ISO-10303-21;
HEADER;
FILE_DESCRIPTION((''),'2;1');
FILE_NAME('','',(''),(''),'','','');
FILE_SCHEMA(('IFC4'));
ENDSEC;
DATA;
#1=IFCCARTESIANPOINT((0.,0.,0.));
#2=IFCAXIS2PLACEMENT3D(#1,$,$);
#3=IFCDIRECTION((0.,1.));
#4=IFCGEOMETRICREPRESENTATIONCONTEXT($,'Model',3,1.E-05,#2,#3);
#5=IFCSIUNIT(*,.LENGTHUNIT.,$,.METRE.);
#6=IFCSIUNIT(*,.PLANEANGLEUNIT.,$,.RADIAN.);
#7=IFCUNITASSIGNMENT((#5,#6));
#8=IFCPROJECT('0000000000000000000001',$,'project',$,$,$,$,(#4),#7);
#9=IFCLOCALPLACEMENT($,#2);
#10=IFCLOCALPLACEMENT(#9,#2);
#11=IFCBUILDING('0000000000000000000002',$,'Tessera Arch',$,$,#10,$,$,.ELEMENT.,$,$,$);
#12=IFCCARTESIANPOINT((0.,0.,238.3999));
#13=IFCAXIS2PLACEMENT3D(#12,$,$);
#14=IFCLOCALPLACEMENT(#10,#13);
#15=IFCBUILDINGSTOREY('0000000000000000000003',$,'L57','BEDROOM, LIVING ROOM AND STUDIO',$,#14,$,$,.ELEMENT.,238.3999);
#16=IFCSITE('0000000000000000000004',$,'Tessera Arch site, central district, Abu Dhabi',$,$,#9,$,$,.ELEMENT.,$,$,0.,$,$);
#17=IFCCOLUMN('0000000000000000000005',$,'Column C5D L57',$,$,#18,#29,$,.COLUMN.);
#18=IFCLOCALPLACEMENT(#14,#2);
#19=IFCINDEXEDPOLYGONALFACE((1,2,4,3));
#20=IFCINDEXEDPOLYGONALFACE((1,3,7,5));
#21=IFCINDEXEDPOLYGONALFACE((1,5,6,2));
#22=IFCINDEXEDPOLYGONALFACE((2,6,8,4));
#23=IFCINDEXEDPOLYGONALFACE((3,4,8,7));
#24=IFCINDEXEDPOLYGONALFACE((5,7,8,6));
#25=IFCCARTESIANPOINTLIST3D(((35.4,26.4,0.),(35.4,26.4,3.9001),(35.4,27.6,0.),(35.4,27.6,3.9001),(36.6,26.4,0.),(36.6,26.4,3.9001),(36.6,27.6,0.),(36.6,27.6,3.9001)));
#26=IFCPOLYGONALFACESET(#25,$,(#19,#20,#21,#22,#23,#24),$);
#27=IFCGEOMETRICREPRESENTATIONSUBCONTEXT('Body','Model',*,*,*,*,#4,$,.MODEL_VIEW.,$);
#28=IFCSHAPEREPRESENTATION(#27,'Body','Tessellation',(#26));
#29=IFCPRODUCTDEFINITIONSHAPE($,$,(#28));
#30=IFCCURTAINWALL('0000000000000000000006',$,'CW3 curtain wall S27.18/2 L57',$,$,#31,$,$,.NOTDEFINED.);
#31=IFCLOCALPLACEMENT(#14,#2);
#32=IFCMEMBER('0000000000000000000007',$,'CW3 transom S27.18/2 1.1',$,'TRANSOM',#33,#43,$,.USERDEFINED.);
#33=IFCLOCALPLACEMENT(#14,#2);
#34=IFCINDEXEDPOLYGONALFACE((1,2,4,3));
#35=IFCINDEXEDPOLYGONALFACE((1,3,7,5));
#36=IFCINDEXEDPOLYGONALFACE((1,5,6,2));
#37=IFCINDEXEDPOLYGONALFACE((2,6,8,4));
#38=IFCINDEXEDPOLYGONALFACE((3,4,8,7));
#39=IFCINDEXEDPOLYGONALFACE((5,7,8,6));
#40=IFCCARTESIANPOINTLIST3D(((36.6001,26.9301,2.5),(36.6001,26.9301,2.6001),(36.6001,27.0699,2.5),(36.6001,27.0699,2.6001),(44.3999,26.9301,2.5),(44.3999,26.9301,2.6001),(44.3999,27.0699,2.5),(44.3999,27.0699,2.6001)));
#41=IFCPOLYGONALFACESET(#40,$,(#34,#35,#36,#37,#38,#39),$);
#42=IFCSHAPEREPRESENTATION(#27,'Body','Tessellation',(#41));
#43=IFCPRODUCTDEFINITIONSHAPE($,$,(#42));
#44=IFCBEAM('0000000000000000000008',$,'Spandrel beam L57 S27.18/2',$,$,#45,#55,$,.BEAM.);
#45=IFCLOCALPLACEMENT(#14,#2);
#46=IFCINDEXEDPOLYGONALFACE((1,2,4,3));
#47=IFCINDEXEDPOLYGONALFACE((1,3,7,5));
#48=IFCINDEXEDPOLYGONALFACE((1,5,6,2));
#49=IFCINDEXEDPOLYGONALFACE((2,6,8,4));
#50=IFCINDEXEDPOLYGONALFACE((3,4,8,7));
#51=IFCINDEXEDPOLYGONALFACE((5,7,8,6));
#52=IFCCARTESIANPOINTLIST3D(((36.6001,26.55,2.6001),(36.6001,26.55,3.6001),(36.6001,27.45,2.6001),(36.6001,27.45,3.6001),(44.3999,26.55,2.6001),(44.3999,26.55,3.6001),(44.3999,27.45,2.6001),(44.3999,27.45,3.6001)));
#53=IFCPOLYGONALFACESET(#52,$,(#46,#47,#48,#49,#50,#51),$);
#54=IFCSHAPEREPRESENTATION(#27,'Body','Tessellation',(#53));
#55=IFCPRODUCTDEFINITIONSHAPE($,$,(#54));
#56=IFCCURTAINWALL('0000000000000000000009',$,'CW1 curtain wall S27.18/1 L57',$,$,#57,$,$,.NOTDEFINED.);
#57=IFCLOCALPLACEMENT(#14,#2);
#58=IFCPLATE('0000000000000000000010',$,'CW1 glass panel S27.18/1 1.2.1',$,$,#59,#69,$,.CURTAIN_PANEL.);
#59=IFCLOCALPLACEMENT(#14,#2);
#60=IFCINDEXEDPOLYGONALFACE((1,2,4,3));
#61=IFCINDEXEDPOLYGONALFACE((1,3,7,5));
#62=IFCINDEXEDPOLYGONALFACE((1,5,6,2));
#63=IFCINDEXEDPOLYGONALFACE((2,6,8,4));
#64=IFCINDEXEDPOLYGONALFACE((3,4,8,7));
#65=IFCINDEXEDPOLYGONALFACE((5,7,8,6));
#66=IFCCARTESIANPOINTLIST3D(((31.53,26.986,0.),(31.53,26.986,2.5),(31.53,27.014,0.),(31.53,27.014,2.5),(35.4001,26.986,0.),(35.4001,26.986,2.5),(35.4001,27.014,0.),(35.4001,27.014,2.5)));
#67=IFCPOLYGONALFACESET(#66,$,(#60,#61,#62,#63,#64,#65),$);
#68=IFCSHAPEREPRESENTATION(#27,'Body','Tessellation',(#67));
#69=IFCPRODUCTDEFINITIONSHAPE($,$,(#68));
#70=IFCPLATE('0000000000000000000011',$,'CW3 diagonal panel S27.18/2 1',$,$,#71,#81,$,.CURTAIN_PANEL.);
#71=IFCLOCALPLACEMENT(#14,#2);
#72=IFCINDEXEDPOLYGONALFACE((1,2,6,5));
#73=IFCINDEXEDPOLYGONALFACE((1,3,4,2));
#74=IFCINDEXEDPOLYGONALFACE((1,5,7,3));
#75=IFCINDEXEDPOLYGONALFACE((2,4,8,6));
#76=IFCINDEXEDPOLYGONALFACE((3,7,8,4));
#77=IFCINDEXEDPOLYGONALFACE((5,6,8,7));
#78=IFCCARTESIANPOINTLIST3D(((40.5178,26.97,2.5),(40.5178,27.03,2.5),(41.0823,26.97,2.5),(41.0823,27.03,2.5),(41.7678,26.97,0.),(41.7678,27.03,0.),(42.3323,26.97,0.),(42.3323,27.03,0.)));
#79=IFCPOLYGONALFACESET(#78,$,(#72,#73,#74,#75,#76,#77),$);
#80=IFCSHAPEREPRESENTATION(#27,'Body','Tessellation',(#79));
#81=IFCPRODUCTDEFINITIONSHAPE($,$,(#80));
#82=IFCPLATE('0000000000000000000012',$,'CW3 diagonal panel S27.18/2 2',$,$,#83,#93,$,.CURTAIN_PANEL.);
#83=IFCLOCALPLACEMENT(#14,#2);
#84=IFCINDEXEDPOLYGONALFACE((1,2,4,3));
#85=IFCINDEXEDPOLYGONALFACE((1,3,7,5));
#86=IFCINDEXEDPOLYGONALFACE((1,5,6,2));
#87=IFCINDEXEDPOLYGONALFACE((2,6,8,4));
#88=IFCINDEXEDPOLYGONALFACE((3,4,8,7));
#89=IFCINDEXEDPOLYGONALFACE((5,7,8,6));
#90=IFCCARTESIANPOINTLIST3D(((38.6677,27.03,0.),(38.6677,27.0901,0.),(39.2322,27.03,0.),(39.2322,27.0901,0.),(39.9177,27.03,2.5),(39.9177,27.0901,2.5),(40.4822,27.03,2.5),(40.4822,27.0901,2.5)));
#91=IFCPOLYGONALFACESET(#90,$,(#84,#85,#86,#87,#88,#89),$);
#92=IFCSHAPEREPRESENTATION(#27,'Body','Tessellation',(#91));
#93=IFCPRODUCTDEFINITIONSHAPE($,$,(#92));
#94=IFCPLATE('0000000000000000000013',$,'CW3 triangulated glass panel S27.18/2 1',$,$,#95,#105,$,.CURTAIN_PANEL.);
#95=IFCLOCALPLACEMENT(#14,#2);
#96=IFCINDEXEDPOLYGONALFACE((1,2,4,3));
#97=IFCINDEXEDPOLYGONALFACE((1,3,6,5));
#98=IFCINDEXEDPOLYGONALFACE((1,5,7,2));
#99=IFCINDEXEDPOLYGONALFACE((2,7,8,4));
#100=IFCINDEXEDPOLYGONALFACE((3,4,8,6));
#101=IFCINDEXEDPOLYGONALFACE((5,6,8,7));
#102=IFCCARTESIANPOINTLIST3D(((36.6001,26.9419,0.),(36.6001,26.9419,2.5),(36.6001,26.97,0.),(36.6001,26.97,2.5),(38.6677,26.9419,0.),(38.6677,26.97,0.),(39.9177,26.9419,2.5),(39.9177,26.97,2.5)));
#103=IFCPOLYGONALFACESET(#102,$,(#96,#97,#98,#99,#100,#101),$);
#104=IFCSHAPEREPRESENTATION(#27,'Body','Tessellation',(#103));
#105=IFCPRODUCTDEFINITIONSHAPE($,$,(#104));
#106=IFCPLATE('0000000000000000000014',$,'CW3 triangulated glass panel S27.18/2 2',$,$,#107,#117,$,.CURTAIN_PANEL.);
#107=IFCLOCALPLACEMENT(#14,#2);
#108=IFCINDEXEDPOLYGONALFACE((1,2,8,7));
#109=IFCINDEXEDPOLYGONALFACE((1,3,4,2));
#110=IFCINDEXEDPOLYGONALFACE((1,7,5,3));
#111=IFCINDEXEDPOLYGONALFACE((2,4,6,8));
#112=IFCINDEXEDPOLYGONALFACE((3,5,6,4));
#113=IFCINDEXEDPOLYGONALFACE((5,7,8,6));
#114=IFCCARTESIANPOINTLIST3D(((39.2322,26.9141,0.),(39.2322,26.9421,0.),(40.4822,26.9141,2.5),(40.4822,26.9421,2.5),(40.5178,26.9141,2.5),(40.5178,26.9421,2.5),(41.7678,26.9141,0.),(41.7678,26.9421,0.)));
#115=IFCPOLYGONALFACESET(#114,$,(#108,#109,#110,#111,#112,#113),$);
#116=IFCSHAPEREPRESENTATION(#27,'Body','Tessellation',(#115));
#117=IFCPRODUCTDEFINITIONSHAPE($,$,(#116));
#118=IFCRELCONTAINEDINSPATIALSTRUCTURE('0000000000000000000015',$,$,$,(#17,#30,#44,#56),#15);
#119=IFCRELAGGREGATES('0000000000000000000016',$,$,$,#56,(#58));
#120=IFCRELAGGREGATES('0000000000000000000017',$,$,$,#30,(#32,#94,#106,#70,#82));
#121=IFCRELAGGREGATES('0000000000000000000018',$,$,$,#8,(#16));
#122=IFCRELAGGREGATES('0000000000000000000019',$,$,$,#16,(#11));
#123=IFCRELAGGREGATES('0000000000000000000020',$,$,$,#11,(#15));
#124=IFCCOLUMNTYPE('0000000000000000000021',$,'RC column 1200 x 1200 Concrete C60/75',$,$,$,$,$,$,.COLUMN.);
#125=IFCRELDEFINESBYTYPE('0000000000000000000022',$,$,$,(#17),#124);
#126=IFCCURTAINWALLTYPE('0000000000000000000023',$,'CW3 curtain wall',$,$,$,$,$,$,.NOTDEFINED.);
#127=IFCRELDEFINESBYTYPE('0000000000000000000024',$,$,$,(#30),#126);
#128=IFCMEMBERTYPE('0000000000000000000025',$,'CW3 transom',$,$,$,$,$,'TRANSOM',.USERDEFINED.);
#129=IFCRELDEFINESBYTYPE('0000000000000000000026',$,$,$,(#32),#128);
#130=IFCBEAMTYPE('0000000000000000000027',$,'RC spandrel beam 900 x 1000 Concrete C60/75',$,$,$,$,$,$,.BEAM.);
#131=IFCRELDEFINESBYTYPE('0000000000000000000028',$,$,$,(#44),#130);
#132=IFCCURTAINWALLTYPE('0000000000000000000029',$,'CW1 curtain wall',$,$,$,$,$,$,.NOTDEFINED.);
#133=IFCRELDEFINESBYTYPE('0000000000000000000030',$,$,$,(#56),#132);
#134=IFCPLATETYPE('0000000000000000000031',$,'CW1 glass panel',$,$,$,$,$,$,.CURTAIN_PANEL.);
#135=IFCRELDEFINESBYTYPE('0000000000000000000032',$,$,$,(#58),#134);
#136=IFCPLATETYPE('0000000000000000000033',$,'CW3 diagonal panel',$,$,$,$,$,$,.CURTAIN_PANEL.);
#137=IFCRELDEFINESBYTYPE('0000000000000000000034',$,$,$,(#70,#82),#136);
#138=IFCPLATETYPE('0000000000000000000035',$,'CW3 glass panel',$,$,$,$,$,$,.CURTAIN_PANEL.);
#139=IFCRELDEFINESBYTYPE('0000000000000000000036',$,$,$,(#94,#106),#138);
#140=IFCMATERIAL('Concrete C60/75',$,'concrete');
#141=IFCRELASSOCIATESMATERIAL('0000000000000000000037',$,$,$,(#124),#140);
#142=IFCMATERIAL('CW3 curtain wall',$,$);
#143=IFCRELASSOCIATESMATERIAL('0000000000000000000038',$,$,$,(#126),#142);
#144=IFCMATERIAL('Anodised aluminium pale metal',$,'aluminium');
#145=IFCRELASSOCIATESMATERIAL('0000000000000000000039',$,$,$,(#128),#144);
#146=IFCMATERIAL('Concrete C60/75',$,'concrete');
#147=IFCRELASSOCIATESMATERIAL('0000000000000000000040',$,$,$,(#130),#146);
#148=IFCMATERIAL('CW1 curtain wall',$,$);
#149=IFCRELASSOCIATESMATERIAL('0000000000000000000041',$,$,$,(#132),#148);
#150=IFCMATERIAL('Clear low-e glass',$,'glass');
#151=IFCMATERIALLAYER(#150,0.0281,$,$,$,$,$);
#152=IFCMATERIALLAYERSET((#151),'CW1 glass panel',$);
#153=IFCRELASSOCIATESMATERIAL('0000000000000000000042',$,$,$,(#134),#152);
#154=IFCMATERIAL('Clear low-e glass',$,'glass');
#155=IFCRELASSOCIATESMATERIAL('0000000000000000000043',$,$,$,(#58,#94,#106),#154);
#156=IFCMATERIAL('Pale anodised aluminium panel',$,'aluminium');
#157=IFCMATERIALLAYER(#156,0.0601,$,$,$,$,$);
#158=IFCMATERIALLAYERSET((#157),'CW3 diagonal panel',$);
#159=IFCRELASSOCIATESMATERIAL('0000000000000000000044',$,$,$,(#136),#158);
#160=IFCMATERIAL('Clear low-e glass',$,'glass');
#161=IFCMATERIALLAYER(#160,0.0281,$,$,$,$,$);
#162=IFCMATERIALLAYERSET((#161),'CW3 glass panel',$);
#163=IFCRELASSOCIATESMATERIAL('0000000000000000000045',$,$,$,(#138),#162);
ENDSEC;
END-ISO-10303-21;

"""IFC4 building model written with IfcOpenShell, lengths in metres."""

from ifc_helpers import new_model, si_unit, direction, frame, origin, origin_2d, place, context, subcontext, project, spatial, polyline, rectangle, outline, extrude, material, layer, layer_set, material_profile, profile_set, type_object, element, aggregate, save


model = new_model("IFC4")

# Units and contexts
model_context = context("Model", 3, precision=1e-05, world=origin(), true_north=direction((0.0, 1.0)))
body_context = subcontext(model_context, "Body", "Model", "MODEL_VIEW")
ifc_project = project(units=[si_unit("LENGTHUNIT", "METRE"), si_unit("PLANEANGLEUNIT", "RADIAN")], contexts=[model_context])

# Site, building, storey
site_placement = place(None, origin())
site = spatial("IfcSite", under=ifc_project, at=site_placement, Name="Tessera Arch site, central district, Abu Dhabi", CompositionType="ELEMENT", RefElevation=0.0)
building_placement = place(site_placement, origin())
building = spatial("IfcBuilding", under=site, at=building_placement, Name="Tessera Arch", CompositionType="ELEMENT")
storey_placement = place(building_placement, frame((0.0, 0.0, 238.3999)))
storey = spatial("IfcBuildingStorey", under=building, at=storey_placement, Name="L57", Description="BEDROOM, LIVING ROOM AND STUDIO", CompositionType="ELEMENT", Elevation=238.3999)

# Column
ifc_material_1 = material(Name="Concrete C60/75", Category="concrete")
ifc_material_profile_1 = material_profile(ifc_material_1, rectangle(XDim=1.2, YDim=1.2, at=origin_2d()), Name="RC column 1200 x 1200 Concrete C60/75")
ifc_profile_set_1 = profile_set([ifc_material_profile_1], Name="Concrete C60/75")
column_type = type_object("IfcColumnType", Name="RC column 1200 x 1200 Concrete C60/75", PredefinedType="COLUMN", material=ifc_profile_set_1)
column_placement = place(storey_placement, frame((36.0, 27.0, 0.0), z_axis=(0.0, 0.0, 1.0), x_axis=(1.0, 0.0, 0.0)))
element("IfcColumn", 1, at=column_placement, inside=storey, type_object=column_type, Name="Column C5D L57", PredefinedType="COLUMN", context=body_context, shape_type="SweptSolid", body=[
    extrude(rectangle(XDim=1.2, YDim=1.2, at=origin_2d()), origin(), (0.0, 0.0, 1.0), 3.9001),
])

# Curtain wall, member
ifc_material_2 = material(Name="CW3 curtain wall")
curtain_wall_type_1 = type_object("IfcCurtainWallType", Name="CW3 curtain wall", PredefinedType="NOTDEFINED", material=ifc_material_2)
curtain_wall_1_placement = place(storey_placement, origin())
curtain_wall_1 = element("IfcCurtainWall", 2, at=curtain_wall_1_placement, inside=storey, type_object=curtain_wall_type_1, Name="CW3 curtain wall S27.18/2 L57", PredefinedType="NOTDEFINED")
ifc_material_3 = material(Name="Anodised aluminium pale metal", Category="aluminium")
ifc_material_profile_2 = material_profile(ifc_material_3, rectangle(XDim=0.1399, YDim=0.1001, at=origin_2d()), Name="AL 140x100")
ifc_profile_set_2 = profile_set([ifc_material_profile_2], Name="Anodised aluminium pale metal")
member_type = type_object("IfcMemberType", Name="CW3 transom", ElementType="TRANSOM", PredefinedType="USERDEFINED", material=ifc_profile_set_2)
member_placement = place(storey_placement, frame((36.6001, 27.0, 2.55), z_axis=(1.0, 0.0, 0.0), x_axis=(0.0, 1.0, 0.0)))
member = element("IfcMember", 3, at=member_placement, type_object=member_type, Name="CW3 transom S27.18/2 1.1", ObjectType="TRANSOM", PredefinedType="USERDEFINED", context=body_context, shape_type="SweptSolid", body=[
    extrude(rectangle(XDim=0.1399, YDim=0.1001, at=origin_2d()), origin(), (0.0, 0.0, 1.0), 7.7998),
])

# Beam
ifc_material_4 = material(Name="Concrete C60/75", Category="concrete")
ifc_material_profile_3 = material_profile(ifc_material_4, rectangle(XDim=0.8999, YDim=1.0, at=origin_2d()), Name="RC spandrel beam 900 x 1000 Concrete C60/75")
ifc_profile_set_3 = profile_set([ifc_material_profile_3], Name="Concrete C60/75")
beam_type = type_object("IfcBeamType", Name="RC spandrel beam 900 x 1000 Concrete C60/75", PredefinedType="BEAM", material=ifc_profile_set_3)
beam_placement = place(storey_placement, frame((36.6001, 27.0, 3.1001), z_axis=(1.0, 0.0, 0.0), x_axis=(0.0, 1.0, 0.0)))
element("IfcBeam", 4, at=beam_placement, inside=storey, type_object=beam_type, Name="Spandrel beam L57 S27.18/2", PredefinedType="BEAM", context=body_context, shape_type="SweptSolid", body=[
    extrude(rectangle(XDim=0.8999, YDim=1.0, at=origin_2d()), origin(), (0.0, 0.0, 1.0), 7.7998),
])

# Curtain wall, plate
ifc_material_5 = material(Name="CW1 curtain wall")
curtain_wall_type_2 = type_object("IfcCurtainWallType", Name="CW1 curtain wall", PredefinedType="NOTDEFINED", material=ifc_material_5)
curtain_wall_2_placement = place(storey_placement, origin())
curtain_wall_2 = element("IfcCurtainWall", 5, at=curtain_wall_2_placement, inside=storey, type_object=curtain_wall_type_2, Name="CW1 curtain wall S27.18/1 L57", PredefinedType="NOTDEFINED")
ifc_material_6 = material(Name="Clear low-e glass", Category="glass")
ifc_material_7 = material(Name="Clear low-e glass", Category="glass")
ifc_layer_1 = layer(ifc_material_7, 0.0281)
ifc_layer_set_1 = layer_set([ifc_layer_1], Name="CW1 glass panel")
plate_type_1 = type_object("IfcPlateType", Name="CW1 glass panel", PredefinedType="CURTAIN_PANEL", material=ifc_layer_set_1)
plate_1_placement = place(storey_placement, frame((33.4651, 27.0, 0.0), z_axis=(0.0, 0.0, 1.0), x_axis=(1.0, 0.0, 0.0)))
plate_1 = element("IfcPlate", 6, at=plate_1_placement, type_object=plate_type_1, material=ifc_material_6, Name="CW1 glass panel S27.18/1 1.2.1", PredefinedType="CURTAIN_PANEL", context=body_context, shape_type="SweptSolid", body=[
    extrude(rectangle(XDim=3.8701, YDim=0.0281, at=origin_2d()), origin(), (0.0, 0.0, 1.0), 2.5),
])
aggregate(curtain_wall_2, [plate_1])

# Plates
ifc_material_8 = material(Name="Pale anodised aluminium panel", Category="aluminium")
ifc_layer_2 = layer(ifc_material_8, 0.0601)
ifc_layer_set_2 = layer_set([ifc_layer_2], Name="CW3 diagonal panel")
plate_type_2 = type_object("IfcPlateType", Name="CW3 diagonal panel", PredefinedType="CURTAIN_PANEL", material=ifc_layer_set_2)
plate_2_placement = place(storey_placement, frame((41.0823, 26.97, 2.5), z_axis=(0.0, -1.0, 0.0), x_axis=(-1.0, 0.0, 0.0)))
plate_2 = element("IfcPlate", 7, at=plate_2_placement, type_object=plate_type_2, Name="CW3 diagonal panel S27.18/2 1", PredefinedType="CURTAIN_PANEL", context=body_context, shape_type="SweptSolid", body=[
    extrude(outline(polyline([(0.0, 0.0), (0.5645, 0.0), (-0.6855, 2.5), (-1.25, 2.5), (0.0, 0.0)])), origin(), (0.0, 0.0, -1.0), 0.0601),
])
plate_3_placement = place(storey_placement, frame((40.4822, 27.03, 2.5), z_axis=(0.0, -1.0, 0.0), x_axis=(-1.0, 0.0, 0.0)))
plate_3 = element("IfcPlate", 8, at=plate_3_placement, type_object=plate_type_2, Name="CW3 diagonal panel S27.18/2 2", PredefinedType="CURTAIN_PANEL", context=body_context, shape_type="SweptSolid", body=[
    extrude(outline(polyline([(0.0, 0.0), (0.5645, 0.0), (1.8145, 2.5), (1.25, 2.5), (0.0, 0.0)])), origin(), (0.0, 0.0, -1.0), 0.0601),
])
ifc_material_9 = material(Name="Clear low-e glass", Category="glass")
ifc_layer_3 = layer(ifc_material_9, 0.0281)
ifc_layer_set_3 = layer_set([ifc_layer_3], Name="CW3 glass panel")
plate_type_3 = type_object("IfcPlateType", Name="CW3 glass panel", PredefinedType="CURTAIN_PANEL", material=ifc_layer_set_3)
plate_4_placement = place(storey_placement, frame((36.6001, 26.9419, 0.0), z_axis=(0.0, -1.0, 0.0), x_axis=(1.0, 0.0, 0.0)))
plate_4 = element("IfcPlate", 9, at=plate_4_placement, type_object=plate_type_3, material=ifc_material_6, Name="CW3 triangulated glass panel S27.18/2 1", PredefinedType="CURTAIN_PANEL", context=body_context, shape_type="SweptSolid", body=[
    extrude(outline(polyline([(0.0, 0.0), (2.0676, 0.0), (3.3176, 2.5), (0.0, 2.5), (0.0, 0.0)])), origin(), (0.0, 0.0, -1.0), 0.0281),
])
plate_5_placement = place(storey_placement, frame((40.5178, 26.9141, 2.5), z_axis=(0.0, -1.0, 0.0), x_axis=(-1.0, 0.0, 0.0)))
plate_5 = element("IfcPlate", 10, at=plate_5_placement, type_object=plate_type_3, material=ifc_material_6, Name="CW3 triangulated glass panel S27.18/2 2", PredefinedType="CURTAIN_PANEL", context=body_context, shape_type="SweptSolid", body=[
    extrude(outline(polyline([(0.0, 0.0), (0.0356, 0.0), (1.2856, 2.5), (-1.25, 2.5), (0.0, 0.0)])), origin(), (0.0, 0.0, -1.0), 0.0281),
])
aggregate(curtain_wall_1, [member, plate_4, plate_5, plate_2, plate_3])

save(model, "model.ifc")
